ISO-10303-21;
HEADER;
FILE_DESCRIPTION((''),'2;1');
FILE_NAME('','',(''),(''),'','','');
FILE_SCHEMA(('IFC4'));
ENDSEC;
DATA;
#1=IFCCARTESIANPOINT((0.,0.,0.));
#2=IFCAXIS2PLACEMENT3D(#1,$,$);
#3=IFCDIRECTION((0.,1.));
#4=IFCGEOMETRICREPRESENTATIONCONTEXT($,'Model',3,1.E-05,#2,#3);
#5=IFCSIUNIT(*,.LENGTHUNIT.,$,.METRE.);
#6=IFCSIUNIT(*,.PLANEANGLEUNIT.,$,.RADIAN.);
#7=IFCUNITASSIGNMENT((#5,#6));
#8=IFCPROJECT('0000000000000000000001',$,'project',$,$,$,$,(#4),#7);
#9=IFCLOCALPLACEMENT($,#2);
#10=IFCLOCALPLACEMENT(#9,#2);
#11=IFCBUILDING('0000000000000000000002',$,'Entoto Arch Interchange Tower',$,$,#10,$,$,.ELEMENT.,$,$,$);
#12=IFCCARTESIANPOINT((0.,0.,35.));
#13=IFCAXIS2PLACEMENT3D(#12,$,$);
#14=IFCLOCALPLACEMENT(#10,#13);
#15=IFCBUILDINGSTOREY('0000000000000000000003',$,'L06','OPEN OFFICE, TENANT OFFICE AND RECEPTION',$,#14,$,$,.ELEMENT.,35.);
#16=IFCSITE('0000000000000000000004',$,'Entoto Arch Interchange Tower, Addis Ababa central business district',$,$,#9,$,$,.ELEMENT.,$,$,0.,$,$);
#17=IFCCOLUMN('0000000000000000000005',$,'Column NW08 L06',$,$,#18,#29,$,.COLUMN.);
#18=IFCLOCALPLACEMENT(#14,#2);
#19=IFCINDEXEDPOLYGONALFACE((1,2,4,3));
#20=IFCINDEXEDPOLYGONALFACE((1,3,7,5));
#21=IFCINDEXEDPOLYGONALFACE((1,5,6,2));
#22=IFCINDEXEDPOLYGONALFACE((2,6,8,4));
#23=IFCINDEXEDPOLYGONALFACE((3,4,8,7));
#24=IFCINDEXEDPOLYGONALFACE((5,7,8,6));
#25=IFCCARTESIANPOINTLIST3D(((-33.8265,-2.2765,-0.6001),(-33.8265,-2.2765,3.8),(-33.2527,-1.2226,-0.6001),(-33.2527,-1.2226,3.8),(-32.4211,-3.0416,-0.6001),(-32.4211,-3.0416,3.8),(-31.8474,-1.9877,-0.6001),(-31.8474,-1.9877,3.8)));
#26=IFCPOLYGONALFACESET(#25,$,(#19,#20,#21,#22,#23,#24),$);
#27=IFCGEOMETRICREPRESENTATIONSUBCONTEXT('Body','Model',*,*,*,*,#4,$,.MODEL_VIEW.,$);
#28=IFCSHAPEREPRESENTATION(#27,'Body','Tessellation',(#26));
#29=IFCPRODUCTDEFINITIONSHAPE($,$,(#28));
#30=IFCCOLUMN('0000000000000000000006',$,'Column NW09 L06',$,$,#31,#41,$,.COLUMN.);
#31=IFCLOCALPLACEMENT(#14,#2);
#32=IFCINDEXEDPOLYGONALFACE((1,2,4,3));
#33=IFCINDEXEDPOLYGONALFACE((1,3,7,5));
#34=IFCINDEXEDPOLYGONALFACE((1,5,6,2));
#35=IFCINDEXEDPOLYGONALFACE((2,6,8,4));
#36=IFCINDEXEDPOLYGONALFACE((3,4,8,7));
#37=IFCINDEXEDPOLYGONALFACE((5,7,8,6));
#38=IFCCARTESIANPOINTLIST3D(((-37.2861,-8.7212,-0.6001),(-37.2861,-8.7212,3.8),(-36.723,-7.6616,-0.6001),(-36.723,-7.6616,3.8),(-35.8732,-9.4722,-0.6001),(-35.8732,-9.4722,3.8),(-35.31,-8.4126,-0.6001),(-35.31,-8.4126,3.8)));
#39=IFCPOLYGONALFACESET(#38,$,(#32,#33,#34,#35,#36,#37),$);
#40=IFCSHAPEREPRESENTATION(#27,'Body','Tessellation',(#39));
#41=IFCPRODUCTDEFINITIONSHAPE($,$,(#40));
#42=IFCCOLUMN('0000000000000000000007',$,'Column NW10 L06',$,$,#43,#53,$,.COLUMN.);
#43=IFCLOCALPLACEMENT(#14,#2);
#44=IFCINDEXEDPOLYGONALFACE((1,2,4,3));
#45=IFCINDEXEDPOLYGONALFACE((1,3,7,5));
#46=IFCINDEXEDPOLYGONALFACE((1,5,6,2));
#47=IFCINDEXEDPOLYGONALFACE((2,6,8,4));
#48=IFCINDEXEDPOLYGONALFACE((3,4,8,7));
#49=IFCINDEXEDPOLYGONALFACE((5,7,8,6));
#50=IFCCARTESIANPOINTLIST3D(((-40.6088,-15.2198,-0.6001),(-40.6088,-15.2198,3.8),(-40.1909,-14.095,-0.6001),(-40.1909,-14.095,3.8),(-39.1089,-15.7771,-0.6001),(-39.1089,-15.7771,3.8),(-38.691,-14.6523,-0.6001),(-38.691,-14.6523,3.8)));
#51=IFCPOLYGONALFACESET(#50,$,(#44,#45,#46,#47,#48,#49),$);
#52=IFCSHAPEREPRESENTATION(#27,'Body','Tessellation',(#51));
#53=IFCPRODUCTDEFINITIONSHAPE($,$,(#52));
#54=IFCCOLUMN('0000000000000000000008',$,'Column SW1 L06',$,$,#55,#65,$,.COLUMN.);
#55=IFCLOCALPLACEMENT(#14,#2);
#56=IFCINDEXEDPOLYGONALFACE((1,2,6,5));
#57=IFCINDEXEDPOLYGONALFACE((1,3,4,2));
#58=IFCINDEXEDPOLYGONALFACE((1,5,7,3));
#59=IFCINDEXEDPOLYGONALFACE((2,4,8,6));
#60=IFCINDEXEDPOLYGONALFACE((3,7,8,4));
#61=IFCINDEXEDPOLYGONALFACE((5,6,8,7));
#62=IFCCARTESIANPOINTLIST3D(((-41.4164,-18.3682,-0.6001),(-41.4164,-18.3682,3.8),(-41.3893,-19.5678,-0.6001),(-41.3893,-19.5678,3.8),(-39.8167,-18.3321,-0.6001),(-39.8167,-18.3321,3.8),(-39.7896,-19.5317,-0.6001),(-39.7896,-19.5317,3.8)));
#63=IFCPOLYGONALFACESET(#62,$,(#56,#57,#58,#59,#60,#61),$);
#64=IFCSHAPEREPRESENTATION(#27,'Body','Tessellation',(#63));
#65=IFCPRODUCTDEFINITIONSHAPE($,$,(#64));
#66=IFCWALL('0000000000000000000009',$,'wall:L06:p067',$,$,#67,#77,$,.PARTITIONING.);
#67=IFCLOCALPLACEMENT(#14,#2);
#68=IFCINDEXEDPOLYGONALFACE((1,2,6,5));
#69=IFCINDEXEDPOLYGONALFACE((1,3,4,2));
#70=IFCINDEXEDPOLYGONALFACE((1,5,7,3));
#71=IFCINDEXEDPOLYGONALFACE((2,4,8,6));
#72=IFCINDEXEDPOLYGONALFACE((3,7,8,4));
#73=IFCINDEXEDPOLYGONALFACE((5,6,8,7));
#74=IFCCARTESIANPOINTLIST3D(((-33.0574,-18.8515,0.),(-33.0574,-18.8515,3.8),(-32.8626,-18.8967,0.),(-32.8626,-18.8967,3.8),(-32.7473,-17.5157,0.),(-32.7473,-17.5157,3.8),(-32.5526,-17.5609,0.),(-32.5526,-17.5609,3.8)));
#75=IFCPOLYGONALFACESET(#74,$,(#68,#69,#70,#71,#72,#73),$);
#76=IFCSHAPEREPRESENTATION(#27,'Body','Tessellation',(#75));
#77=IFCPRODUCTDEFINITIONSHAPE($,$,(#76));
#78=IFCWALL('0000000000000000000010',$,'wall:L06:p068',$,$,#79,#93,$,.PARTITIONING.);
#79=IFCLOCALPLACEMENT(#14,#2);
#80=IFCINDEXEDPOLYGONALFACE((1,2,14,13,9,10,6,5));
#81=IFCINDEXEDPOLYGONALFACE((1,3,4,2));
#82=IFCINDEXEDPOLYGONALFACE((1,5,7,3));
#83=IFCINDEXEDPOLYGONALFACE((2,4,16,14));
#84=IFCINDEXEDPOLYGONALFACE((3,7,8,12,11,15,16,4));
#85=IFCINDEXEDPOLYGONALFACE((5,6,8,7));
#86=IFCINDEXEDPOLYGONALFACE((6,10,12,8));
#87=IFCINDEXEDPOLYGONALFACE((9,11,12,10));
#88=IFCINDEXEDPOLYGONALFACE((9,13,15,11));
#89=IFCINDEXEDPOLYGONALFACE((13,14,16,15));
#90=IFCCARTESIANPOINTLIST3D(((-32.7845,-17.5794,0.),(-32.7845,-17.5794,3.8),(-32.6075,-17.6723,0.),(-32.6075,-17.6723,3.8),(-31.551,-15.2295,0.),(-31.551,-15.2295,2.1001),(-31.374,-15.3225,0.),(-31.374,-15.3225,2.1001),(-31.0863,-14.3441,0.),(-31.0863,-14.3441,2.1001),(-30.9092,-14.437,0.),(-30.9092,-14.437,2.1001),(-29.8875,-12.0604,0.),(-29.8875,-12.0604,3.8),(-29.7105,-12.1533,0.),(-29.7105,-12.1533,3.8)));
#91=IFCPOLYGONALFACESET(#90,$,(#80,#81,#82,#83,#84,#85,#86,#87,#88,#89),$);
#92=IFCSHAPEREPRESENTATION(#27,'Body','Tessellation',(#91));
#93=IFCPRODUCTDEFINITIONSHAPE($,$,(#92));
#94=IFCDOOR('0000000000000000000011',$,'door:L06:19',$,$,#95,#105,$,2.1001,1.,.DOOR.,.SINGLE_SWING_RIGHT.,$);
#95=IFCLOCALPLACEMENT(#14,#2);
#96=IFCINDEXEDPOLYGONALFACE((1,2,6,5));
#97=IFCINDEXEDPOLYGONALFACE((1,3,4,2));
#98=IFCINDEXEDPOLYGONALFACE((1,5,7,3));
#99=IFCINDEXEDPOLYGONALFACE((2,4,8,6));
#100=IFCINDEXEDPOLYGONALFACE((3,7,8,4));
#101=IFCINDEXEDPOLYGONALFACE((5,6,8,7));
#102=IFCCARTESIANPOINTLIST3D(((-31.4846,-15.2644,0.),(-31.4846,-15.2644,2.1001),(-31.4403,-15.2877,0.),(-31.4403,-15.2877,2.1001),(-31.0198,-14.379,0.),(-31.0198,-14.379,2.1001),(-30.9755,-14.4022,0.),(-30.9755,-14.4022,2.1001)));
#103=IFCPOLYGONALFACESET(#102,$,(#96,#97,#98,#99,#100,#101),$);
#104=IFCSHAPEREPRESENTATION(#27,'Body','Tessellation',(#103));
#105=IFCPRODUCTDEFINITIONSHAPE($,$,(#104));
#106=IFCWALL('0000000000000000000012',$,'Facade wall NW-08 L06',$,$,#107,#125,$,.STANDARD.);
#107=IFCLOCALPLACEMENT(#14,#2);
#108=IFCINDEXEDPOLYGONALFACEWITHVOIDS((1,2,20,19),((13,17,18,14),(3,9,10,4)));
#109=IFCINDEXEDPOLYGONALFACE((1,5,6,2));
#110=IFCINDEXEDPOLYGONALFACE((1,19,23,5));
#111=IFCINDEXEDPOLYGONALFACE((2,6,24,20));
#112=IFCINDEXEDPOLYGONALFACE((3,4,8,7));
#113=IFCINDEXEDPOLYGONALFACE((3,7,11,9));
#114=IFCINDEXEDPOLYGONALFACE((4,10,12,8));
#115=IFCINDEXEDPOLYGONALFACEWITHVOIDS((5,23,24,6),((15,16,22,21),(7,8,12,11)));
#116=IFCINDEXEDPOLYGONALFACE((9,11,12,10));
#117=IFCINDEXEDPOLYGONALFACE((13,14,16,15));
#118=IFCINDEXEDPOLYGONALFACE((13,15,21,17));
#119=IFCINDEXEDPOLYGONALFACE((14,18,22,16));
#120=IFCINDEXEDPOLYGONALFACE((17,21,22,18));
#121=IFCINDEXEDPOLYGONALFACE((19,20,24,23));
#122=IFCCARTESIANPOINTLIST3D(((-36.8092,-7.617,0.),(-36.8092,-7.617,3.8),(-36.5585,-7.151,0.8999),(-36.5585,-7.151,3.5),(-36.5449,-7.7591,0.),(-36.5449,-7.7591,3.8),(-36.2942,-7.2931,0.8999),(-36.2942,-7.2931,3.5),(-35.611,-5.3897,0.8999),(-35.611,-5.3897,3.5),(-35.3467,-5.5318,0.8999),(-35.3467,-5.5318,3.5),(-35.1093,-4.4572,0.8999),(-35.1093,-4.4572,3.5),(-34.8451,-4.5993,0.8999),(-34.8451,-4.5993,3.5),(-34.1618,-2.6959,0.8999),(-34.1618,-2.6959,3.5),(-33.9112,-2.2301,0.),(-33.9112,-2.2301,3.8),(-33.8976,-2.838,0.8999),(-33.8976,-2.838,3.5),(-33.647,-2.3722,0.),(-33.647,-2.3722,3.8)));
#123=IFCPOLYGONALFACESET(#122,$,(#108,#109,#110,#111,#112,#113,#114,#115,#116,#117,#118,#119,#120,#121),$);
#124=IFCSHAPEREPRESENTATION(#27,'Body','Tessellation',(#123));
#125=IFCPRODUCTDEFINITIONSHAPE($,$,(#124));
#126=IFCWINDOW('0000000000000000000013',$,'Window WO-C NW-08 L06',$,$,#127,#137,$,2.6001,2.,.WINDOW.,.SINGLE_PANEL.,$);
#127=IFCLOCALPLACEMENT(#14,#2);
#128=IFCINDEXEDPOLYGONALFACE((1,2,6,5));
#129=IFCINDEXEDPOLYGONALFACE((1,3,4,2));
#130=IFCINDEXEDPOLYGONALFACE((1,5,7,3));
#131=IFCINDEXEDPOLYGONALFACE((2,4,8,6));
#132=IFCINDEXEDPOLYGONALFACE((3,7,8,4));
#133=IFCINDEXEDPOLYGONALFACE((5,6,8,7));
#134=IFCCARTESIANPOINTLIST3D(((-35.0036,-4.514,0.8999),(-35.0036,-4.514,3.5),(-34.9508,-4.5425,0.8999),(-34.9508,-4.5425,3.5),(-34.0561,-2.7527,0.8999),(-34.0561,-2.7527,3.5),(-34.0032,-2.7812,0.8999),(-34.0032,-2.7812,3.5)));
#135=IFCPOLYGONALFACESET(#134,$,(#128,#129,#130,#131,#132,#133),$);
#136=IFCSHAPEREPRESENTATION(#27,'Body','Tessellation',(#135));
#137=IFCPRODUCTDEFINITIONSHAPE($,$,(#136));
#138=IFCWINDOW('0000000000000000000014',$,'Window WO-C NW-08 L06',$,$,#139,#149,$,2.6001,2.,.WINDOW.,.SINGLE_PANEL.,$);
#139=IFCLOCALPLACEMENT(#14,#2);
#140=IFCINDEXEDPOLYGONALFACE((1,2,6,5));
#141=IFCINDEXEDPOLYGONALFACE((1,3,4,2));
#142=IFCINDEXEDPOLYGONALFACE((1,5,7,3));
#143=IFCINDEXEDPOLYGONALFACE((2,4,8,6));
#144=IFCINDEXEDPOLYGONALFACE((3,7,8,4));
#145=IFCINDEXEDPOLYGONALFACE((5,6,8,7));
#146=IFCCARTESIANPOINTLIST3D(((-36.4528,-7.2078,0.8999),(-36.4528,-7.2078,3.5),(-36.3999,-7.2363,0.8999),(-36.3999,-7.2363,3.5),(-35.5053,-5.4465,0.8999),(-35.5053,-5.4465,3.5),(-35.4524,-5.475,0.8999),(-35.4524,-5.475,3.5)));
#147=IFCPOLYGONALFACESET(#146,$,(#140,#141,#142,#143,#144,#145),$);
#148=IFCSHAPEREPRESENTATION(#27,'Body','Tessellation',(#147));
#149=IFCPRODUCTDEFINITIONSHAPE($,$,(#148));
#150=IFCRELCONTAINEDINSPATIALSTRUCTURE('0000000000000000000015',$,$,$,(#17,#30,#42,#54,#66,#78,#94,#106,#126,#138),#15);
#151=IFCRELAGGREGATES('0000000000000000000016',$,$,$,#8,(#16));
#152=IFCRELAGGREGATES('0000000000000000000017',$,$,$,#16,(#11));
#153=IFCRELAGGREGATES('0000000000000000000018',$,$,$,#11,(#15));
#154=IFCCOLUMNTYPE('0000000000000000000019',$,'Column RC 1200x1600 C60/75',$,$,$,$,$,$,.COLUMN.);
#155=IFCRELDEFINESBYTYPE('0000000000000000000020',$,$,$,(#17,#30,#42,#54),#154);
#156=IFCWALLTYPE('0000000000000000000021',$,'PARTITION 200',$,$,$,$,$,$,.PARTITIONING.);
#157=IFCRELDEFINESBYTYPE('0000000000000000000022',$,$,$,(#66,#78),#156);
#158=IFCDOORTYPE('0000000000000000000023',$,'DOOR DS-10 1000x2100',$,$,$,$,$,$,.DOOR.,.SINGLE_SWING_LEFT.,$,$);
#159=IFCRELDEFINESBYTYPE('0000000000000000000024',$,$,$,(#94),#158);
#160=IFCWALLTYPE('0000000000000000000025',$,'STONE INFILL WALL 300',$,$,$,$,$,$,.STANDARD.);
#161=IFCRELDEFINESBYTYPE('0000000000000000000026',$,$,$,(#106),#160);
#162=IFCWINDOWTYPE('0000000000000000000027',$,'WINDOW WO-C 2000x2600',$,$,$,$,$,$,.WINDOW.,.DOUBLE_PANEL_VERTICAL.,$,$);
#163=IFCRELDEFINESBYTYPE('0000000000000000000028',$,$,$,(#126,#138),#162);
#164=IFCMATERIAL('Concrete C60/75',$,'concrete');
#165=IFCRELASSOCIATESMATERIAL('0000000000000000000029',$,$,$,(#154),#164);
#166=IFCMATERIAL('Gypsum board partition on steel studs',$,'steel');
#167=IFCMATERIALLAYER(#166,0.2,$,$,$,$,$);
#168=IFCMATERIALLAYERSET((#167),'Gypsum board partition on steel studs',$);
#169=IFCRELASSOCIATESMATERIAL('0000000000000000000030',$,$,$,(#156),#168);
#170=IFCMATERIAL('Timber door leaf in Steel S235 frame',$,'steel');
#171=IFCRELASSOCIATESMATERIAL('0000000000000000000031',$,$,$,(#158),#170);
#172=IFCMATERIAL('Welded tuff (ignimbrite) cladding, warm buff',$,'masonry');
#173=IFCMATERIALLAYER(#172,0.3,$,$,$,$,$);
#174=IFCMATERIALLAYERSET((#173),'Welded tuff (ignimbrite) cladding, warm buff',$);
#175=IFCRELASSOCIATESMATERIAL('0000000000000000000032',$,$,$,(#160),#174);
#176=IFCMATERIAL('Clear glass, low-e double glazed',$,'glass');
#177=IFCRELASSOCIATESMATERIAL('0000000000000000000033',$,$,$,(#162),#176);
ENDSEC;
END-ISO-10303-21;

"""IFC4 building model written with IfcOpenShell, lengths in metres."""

from ifc_helpers import new_model, si_unit, direction, frame, frame_2d, origin, origin_2d, place, context, subcontext, project, spatial, rectangle, extrude, material, layer, layer_set, material_profile, profile_set, type_object, element, fill, save


model = new_model("IFC4")

# Units and contexts
model_context = context("Model", 3, precision=1e-05, world=origin(), true_north=direction((0.0, 1.0)))
body_context = subcontext(model_context, "Body", "Model", "MODEL_VIEW")
ifc_project = project(units=[si_unit("LENGTHUNIT", "METRE"), si_unit("PLANEANGLEUNIT", "RADIAN")], contexts=[model_context])

# Site, building, storey
site_placement = place(None, origin())
site = spatial("IfcSite", under=ifc_project, at=site_placement, Name="Entoto Arch Interchange Tower, Addis Ababa central business district", CompositionType="ELEMENT", RefElevation=0.0)
building_placement = place(site_placement, origin())
building = spatial("IfcBuilding", under=site, at=building_placement, Name="Entoto Arch Interchange Tower", CompositionType="ELEMENT")
storey_placement = place(building_placement, frame((0.0, 0.0, 35.0)))
storey = spatial("IfcBuildingStorey", under=building, at=storey_placement, Name="L06", Description="OPEN OFFICE, TENANT OFFICE AND RECEPTION", CompositionType="ELEMENT", Elevation=35.0)

# Columns
ifc_material_1 = material(Name="Concrete C60/75", Category="concrete")
ifc_material_profile = material_profile(ifc_material_1, rectangle(XDim=1.2, YDim=1.6001, at=origin_2d()))
ifc_profile_set = profile_set([ifc_material_profile], Name="Concrete C60/75")
column_type = type_object("IfcColumnType", Name="Column RC 1200x1600 C60/75", PredefinedType="COLUMN", material=ifc_profile_set)
for number, where, z_axis, x_axis, name in (
    (1, (-32.8369, -2.1321, -0.6001), (0.0, 0.0, 1.0), (0.47814, 0.878284, 0.0), "Column NW08 L06"),
    (2, (-36.2981, -8.5669, -0.6001), (0.0, 0.0, 1.0), (0.469317, 0.88303, 0.0), "Column NW09 L06"),
    (3, (-39.6499, -14.936, -0.6001), (0.0, 0.0, 1.0), (0.348278, 0.937391, 0.0), "Column NW10 L06"),
    (4, (-40.603, -18.95, -0.6001), (0.0, 0.0, 1.0), (-0.022565, 0.999745, 0.0), "Column SW1 L06"),
):
    element("IfcColumn", number, at=place(storey_placement, frame(where, z_axis=z_axis, x_axis=x_axis)), inside=storey, type_object=column_type, Name=name, PredefinedType="COLUMN", context=body_context, shape_type="SweptSolid", body=[
        extrude(rectangle(XDim=1.2, YDim=1.6001, at=origin_2d()), origin(), (0.0, 0.0, 1.0), 4.4001),
    ])

# Wall
ifc_material_2 = material(Name="Gypsum board partition on steel studs", Category="steel")
ifc_layer_1 = layer(ifc_material_2, 0.2)
ifc_layer_set_1 = layer_set([ifc_layer_1], Name="Gypsum board partition on steel studs")
wall_type_1 = type_object("IfcWallType", Name="PARTITION 200", PredefinedType="PARTITIONING", material=ifc_layer_set_1)
wall_1_placement = place(storey_placement, frame((-32.96, -18.874, 0.0), z_axis=(0.0, 0.0, 1.0), x_axis=(0.226081, 0.974108, 0.0)))
element("IfcWall", 5, at=wall_1_placement, inside=storey, type_object=wall_type_1, Name="wall:L06:p067", PredefinedType="PARTITIONING", context=body_context, shape_type="SweptSolid", body=[
    extrude(rectangle(XDim=1.3713, YDim=0.2, at=frame_2d((0.6855, 0.0))), origin(), (0.0, 0.0, 1.0), 3.8),
])

# Wall, opening, door
wall_2_placement = place(storey_placement, frame((-32.696, -17.626, 0.0), z_axis=(0.0, 0.0, 1.0), x_axis=(0.464768, 0.885433, 0.0)))
wall_2 = element("IfcWall", 6, at=wall_2_placement, inside=storey, type_object=wall_type_1, Name="wall:L06:p068", PredefinedType="PARTITIONING", context=body_context, shape_type="SweptSolid", body=[
    extrude(rectangle(XDim=6.2332, YDim=0.2, at=frame_2d((3.1167, 0.0))), origin(), (0.0, 0.0, 1.0), 3.8),
])
opening_1_placement = place(wall_2_placement, frame((2.6541, 0.0, 0.0)))
opening_1 = element("IfcOpeningElement", 7, at=opening_1_placement, cuts=wall_2, PredefinedType="OPENING", context=body_context, shape_type="SweptSolid", body=[
    extrude(rectangle(XDim=1.0, YDim=2.1001, at=frame_2d((0.5, 1.05))), frame((0.0, 0.1099, 0.0), z_axis=(0.0, -1.0, 0.0), x_axis=(1.0, 0.0, 0.0)), (0.0, 0.0, 1.0), 0.22),
])
ifc_material_3 = material(Name="Timber door leaf in Steel S235 frame", Category="steel")
door_type = type_object("IfcDoorType", Name="DOOR DS-10 1000x2100", OperationType="SINGLE_SWING_LEFT", PredefinedType="DOOR", material=ifc_material_3)
door_placement = place(opening_1_placement, origin())
door = element("IfcDoor", 8, at=door_placement, inside=storey, type_object=door_type, Name="door:L06:19", OperationType="SINGLE_SWING_RIGHT", OverallHeight=2.1001, OverallWidth=1.0, PredefinedType="DOOR", context=body_context, shape_type="SweptSolid", body=[
    extrude(rectangle(XDim=1.0, YDim=2.1001, at=frame_2d((0.5, 1.05))), frame((0.0, 0.0249, 0.0), z_axis=(0.0, -1.0, 0.0), x_axis=(1.0, 0.0, 0.0)), (0.0, 0.0, 1.0), 0.05),
])
fill(opening_1, door)

# Wall, openings, windows
ifc_material_4 = material(Name="Welded tuff (ignimbrite) cladding, warm buff", Category="masonry")
ifc_layer_2 = layer(ifc_material_4, 0.3)
ifc_layer_set_2 = layer_set([ifc_layer_2], Name="Welded tuff (ignimbrite) cladding, warm buff")
wall_type_2 = type_object("IfcWallType", Name="STONE INFILL WALL 300", PredefinedType="STANDARD", material=ifc_layer_set_2)
wall_3_placement = place(storey_placement, frame((-33.7791, -2.301, 0.0), z_axis=(0.0, 0.0, 1.0), x_axis=(-0.473755, -0.880657, 0.0)))
wall_3 = element("IfcWall", 9, at=wall_3_placement, inside=storey, type_object=wall_type_2, Name="Facade wall NW-08 L06", PredefinedType="STANDARD", context=body_context, shape_type="SweptSolid", body=[
    extrude(rectangle(XDim=6.1169, YDim=0.3, at=frame_2d((3.0586, 0.0))), origin(), (0.0, 0.0, 1.0), 3.8),
])
opening_2_placement = place(wall_3_placement, frame((0.5291, 0.0, 0.8999)))
opening_2 = element("IfcOpeningElement", 10, at=opening_2_placement, cuts=wall_3, PredefinedType="OPENING", context=body_context, shape_type="SweptSolid", body=[
    extrude(rectangle(XDim=2.0, YDim=2.6001, at=frame_2d((1.0, 1.3))), frame((0.0, 0.1602, 0.0), z_axis=(0.0, -1.0, 0.0), x_axis=(1.0, 0.0, 0.0)), (0.0, 0.0, 1.0), 0.3201),
])
opening_3_placement = place(wall_3_placement, frame((3.5879, 0.0, 0.8999)))
opening_3 = element("IfcOpeningElement", 11, at=opening_3_placement, cuts=wall_3, PredefinedType="OPENING", context=body_context, shape_type="SweptSolid", body=[
    extrude(rectangle(XDim=2.0, YDim=2.6001, at=frame_2d((1.0, 1.3))), frame((0.0, 0.1602, 0.0), z_axis=(0.0, -1.0, 0.0), x_axis=(1.0, 0.0, 0.0)), (0.0, 0.0, 1.0), 0.3201),
])
ifc_material_5 = material(Name="Clear glass, low-e double glazed", Category="glass")
window_type_1 = type_object("IfcWindowType", Name="WINDOW WO-C 2000x2600", PartitioningType="DOUBLE_PANEL_VERTICAL", PredefinedType="WINDOW", material=ifc_material_5)
window_1_placement = place(opening_2_placement, origin())
window_1 = element("IfcWindow", 12, at=window_1_placement, inside=storey, type_object=window_type_1, Name="Window WO-C NW-08 L06", OverallHeight=2.6001, OverallWidth=2.0, PartitioningType="SINGLE_PANEL", PredefinedType="WINDOW", context=body_context, shape_type="SweptSolid", body=[
    extrude(rectangle(XDim=2.0, YDim=2.6001, at=frame_2d((1.0, 1.3))), frame((0.0, 0.03, 0.0), z_axis=(0.0, -1.0, 0.0), x_axis=(1.0, 0.0, 0.0)), (0.0, 0.0, 1.0), 0.0601),
])
fill(opening_2, window_1)
window_2_placement = place(opening_3_placement, origin())
window_2 = element("IfcWindow", 13, at=window_2_placement, inside=storey, type_object=window_type_1, Name="Window WO-C NW-08 L06", OverallHeight=2.6001, OverallWidth=2.0, PartitioningType="SINGLE_PANEL", PredefinedType="WINDOW", context=body_context, shape_type="SweptSolid", body=[
    extrude(rectangle(XDim=2.0, YDim=2.6001, at=frame_2d((1.0, 1.3))), frame((0.0, 0.03, 0.0), z_axis=(0.0, -1.0, 0.0), x_axis=(1.0, 0.0, 0.0)), (0.0, 0.0, 1.0), 0.0601),
])
fill(opening_3, window_2)

save(model, "model.ifc")
